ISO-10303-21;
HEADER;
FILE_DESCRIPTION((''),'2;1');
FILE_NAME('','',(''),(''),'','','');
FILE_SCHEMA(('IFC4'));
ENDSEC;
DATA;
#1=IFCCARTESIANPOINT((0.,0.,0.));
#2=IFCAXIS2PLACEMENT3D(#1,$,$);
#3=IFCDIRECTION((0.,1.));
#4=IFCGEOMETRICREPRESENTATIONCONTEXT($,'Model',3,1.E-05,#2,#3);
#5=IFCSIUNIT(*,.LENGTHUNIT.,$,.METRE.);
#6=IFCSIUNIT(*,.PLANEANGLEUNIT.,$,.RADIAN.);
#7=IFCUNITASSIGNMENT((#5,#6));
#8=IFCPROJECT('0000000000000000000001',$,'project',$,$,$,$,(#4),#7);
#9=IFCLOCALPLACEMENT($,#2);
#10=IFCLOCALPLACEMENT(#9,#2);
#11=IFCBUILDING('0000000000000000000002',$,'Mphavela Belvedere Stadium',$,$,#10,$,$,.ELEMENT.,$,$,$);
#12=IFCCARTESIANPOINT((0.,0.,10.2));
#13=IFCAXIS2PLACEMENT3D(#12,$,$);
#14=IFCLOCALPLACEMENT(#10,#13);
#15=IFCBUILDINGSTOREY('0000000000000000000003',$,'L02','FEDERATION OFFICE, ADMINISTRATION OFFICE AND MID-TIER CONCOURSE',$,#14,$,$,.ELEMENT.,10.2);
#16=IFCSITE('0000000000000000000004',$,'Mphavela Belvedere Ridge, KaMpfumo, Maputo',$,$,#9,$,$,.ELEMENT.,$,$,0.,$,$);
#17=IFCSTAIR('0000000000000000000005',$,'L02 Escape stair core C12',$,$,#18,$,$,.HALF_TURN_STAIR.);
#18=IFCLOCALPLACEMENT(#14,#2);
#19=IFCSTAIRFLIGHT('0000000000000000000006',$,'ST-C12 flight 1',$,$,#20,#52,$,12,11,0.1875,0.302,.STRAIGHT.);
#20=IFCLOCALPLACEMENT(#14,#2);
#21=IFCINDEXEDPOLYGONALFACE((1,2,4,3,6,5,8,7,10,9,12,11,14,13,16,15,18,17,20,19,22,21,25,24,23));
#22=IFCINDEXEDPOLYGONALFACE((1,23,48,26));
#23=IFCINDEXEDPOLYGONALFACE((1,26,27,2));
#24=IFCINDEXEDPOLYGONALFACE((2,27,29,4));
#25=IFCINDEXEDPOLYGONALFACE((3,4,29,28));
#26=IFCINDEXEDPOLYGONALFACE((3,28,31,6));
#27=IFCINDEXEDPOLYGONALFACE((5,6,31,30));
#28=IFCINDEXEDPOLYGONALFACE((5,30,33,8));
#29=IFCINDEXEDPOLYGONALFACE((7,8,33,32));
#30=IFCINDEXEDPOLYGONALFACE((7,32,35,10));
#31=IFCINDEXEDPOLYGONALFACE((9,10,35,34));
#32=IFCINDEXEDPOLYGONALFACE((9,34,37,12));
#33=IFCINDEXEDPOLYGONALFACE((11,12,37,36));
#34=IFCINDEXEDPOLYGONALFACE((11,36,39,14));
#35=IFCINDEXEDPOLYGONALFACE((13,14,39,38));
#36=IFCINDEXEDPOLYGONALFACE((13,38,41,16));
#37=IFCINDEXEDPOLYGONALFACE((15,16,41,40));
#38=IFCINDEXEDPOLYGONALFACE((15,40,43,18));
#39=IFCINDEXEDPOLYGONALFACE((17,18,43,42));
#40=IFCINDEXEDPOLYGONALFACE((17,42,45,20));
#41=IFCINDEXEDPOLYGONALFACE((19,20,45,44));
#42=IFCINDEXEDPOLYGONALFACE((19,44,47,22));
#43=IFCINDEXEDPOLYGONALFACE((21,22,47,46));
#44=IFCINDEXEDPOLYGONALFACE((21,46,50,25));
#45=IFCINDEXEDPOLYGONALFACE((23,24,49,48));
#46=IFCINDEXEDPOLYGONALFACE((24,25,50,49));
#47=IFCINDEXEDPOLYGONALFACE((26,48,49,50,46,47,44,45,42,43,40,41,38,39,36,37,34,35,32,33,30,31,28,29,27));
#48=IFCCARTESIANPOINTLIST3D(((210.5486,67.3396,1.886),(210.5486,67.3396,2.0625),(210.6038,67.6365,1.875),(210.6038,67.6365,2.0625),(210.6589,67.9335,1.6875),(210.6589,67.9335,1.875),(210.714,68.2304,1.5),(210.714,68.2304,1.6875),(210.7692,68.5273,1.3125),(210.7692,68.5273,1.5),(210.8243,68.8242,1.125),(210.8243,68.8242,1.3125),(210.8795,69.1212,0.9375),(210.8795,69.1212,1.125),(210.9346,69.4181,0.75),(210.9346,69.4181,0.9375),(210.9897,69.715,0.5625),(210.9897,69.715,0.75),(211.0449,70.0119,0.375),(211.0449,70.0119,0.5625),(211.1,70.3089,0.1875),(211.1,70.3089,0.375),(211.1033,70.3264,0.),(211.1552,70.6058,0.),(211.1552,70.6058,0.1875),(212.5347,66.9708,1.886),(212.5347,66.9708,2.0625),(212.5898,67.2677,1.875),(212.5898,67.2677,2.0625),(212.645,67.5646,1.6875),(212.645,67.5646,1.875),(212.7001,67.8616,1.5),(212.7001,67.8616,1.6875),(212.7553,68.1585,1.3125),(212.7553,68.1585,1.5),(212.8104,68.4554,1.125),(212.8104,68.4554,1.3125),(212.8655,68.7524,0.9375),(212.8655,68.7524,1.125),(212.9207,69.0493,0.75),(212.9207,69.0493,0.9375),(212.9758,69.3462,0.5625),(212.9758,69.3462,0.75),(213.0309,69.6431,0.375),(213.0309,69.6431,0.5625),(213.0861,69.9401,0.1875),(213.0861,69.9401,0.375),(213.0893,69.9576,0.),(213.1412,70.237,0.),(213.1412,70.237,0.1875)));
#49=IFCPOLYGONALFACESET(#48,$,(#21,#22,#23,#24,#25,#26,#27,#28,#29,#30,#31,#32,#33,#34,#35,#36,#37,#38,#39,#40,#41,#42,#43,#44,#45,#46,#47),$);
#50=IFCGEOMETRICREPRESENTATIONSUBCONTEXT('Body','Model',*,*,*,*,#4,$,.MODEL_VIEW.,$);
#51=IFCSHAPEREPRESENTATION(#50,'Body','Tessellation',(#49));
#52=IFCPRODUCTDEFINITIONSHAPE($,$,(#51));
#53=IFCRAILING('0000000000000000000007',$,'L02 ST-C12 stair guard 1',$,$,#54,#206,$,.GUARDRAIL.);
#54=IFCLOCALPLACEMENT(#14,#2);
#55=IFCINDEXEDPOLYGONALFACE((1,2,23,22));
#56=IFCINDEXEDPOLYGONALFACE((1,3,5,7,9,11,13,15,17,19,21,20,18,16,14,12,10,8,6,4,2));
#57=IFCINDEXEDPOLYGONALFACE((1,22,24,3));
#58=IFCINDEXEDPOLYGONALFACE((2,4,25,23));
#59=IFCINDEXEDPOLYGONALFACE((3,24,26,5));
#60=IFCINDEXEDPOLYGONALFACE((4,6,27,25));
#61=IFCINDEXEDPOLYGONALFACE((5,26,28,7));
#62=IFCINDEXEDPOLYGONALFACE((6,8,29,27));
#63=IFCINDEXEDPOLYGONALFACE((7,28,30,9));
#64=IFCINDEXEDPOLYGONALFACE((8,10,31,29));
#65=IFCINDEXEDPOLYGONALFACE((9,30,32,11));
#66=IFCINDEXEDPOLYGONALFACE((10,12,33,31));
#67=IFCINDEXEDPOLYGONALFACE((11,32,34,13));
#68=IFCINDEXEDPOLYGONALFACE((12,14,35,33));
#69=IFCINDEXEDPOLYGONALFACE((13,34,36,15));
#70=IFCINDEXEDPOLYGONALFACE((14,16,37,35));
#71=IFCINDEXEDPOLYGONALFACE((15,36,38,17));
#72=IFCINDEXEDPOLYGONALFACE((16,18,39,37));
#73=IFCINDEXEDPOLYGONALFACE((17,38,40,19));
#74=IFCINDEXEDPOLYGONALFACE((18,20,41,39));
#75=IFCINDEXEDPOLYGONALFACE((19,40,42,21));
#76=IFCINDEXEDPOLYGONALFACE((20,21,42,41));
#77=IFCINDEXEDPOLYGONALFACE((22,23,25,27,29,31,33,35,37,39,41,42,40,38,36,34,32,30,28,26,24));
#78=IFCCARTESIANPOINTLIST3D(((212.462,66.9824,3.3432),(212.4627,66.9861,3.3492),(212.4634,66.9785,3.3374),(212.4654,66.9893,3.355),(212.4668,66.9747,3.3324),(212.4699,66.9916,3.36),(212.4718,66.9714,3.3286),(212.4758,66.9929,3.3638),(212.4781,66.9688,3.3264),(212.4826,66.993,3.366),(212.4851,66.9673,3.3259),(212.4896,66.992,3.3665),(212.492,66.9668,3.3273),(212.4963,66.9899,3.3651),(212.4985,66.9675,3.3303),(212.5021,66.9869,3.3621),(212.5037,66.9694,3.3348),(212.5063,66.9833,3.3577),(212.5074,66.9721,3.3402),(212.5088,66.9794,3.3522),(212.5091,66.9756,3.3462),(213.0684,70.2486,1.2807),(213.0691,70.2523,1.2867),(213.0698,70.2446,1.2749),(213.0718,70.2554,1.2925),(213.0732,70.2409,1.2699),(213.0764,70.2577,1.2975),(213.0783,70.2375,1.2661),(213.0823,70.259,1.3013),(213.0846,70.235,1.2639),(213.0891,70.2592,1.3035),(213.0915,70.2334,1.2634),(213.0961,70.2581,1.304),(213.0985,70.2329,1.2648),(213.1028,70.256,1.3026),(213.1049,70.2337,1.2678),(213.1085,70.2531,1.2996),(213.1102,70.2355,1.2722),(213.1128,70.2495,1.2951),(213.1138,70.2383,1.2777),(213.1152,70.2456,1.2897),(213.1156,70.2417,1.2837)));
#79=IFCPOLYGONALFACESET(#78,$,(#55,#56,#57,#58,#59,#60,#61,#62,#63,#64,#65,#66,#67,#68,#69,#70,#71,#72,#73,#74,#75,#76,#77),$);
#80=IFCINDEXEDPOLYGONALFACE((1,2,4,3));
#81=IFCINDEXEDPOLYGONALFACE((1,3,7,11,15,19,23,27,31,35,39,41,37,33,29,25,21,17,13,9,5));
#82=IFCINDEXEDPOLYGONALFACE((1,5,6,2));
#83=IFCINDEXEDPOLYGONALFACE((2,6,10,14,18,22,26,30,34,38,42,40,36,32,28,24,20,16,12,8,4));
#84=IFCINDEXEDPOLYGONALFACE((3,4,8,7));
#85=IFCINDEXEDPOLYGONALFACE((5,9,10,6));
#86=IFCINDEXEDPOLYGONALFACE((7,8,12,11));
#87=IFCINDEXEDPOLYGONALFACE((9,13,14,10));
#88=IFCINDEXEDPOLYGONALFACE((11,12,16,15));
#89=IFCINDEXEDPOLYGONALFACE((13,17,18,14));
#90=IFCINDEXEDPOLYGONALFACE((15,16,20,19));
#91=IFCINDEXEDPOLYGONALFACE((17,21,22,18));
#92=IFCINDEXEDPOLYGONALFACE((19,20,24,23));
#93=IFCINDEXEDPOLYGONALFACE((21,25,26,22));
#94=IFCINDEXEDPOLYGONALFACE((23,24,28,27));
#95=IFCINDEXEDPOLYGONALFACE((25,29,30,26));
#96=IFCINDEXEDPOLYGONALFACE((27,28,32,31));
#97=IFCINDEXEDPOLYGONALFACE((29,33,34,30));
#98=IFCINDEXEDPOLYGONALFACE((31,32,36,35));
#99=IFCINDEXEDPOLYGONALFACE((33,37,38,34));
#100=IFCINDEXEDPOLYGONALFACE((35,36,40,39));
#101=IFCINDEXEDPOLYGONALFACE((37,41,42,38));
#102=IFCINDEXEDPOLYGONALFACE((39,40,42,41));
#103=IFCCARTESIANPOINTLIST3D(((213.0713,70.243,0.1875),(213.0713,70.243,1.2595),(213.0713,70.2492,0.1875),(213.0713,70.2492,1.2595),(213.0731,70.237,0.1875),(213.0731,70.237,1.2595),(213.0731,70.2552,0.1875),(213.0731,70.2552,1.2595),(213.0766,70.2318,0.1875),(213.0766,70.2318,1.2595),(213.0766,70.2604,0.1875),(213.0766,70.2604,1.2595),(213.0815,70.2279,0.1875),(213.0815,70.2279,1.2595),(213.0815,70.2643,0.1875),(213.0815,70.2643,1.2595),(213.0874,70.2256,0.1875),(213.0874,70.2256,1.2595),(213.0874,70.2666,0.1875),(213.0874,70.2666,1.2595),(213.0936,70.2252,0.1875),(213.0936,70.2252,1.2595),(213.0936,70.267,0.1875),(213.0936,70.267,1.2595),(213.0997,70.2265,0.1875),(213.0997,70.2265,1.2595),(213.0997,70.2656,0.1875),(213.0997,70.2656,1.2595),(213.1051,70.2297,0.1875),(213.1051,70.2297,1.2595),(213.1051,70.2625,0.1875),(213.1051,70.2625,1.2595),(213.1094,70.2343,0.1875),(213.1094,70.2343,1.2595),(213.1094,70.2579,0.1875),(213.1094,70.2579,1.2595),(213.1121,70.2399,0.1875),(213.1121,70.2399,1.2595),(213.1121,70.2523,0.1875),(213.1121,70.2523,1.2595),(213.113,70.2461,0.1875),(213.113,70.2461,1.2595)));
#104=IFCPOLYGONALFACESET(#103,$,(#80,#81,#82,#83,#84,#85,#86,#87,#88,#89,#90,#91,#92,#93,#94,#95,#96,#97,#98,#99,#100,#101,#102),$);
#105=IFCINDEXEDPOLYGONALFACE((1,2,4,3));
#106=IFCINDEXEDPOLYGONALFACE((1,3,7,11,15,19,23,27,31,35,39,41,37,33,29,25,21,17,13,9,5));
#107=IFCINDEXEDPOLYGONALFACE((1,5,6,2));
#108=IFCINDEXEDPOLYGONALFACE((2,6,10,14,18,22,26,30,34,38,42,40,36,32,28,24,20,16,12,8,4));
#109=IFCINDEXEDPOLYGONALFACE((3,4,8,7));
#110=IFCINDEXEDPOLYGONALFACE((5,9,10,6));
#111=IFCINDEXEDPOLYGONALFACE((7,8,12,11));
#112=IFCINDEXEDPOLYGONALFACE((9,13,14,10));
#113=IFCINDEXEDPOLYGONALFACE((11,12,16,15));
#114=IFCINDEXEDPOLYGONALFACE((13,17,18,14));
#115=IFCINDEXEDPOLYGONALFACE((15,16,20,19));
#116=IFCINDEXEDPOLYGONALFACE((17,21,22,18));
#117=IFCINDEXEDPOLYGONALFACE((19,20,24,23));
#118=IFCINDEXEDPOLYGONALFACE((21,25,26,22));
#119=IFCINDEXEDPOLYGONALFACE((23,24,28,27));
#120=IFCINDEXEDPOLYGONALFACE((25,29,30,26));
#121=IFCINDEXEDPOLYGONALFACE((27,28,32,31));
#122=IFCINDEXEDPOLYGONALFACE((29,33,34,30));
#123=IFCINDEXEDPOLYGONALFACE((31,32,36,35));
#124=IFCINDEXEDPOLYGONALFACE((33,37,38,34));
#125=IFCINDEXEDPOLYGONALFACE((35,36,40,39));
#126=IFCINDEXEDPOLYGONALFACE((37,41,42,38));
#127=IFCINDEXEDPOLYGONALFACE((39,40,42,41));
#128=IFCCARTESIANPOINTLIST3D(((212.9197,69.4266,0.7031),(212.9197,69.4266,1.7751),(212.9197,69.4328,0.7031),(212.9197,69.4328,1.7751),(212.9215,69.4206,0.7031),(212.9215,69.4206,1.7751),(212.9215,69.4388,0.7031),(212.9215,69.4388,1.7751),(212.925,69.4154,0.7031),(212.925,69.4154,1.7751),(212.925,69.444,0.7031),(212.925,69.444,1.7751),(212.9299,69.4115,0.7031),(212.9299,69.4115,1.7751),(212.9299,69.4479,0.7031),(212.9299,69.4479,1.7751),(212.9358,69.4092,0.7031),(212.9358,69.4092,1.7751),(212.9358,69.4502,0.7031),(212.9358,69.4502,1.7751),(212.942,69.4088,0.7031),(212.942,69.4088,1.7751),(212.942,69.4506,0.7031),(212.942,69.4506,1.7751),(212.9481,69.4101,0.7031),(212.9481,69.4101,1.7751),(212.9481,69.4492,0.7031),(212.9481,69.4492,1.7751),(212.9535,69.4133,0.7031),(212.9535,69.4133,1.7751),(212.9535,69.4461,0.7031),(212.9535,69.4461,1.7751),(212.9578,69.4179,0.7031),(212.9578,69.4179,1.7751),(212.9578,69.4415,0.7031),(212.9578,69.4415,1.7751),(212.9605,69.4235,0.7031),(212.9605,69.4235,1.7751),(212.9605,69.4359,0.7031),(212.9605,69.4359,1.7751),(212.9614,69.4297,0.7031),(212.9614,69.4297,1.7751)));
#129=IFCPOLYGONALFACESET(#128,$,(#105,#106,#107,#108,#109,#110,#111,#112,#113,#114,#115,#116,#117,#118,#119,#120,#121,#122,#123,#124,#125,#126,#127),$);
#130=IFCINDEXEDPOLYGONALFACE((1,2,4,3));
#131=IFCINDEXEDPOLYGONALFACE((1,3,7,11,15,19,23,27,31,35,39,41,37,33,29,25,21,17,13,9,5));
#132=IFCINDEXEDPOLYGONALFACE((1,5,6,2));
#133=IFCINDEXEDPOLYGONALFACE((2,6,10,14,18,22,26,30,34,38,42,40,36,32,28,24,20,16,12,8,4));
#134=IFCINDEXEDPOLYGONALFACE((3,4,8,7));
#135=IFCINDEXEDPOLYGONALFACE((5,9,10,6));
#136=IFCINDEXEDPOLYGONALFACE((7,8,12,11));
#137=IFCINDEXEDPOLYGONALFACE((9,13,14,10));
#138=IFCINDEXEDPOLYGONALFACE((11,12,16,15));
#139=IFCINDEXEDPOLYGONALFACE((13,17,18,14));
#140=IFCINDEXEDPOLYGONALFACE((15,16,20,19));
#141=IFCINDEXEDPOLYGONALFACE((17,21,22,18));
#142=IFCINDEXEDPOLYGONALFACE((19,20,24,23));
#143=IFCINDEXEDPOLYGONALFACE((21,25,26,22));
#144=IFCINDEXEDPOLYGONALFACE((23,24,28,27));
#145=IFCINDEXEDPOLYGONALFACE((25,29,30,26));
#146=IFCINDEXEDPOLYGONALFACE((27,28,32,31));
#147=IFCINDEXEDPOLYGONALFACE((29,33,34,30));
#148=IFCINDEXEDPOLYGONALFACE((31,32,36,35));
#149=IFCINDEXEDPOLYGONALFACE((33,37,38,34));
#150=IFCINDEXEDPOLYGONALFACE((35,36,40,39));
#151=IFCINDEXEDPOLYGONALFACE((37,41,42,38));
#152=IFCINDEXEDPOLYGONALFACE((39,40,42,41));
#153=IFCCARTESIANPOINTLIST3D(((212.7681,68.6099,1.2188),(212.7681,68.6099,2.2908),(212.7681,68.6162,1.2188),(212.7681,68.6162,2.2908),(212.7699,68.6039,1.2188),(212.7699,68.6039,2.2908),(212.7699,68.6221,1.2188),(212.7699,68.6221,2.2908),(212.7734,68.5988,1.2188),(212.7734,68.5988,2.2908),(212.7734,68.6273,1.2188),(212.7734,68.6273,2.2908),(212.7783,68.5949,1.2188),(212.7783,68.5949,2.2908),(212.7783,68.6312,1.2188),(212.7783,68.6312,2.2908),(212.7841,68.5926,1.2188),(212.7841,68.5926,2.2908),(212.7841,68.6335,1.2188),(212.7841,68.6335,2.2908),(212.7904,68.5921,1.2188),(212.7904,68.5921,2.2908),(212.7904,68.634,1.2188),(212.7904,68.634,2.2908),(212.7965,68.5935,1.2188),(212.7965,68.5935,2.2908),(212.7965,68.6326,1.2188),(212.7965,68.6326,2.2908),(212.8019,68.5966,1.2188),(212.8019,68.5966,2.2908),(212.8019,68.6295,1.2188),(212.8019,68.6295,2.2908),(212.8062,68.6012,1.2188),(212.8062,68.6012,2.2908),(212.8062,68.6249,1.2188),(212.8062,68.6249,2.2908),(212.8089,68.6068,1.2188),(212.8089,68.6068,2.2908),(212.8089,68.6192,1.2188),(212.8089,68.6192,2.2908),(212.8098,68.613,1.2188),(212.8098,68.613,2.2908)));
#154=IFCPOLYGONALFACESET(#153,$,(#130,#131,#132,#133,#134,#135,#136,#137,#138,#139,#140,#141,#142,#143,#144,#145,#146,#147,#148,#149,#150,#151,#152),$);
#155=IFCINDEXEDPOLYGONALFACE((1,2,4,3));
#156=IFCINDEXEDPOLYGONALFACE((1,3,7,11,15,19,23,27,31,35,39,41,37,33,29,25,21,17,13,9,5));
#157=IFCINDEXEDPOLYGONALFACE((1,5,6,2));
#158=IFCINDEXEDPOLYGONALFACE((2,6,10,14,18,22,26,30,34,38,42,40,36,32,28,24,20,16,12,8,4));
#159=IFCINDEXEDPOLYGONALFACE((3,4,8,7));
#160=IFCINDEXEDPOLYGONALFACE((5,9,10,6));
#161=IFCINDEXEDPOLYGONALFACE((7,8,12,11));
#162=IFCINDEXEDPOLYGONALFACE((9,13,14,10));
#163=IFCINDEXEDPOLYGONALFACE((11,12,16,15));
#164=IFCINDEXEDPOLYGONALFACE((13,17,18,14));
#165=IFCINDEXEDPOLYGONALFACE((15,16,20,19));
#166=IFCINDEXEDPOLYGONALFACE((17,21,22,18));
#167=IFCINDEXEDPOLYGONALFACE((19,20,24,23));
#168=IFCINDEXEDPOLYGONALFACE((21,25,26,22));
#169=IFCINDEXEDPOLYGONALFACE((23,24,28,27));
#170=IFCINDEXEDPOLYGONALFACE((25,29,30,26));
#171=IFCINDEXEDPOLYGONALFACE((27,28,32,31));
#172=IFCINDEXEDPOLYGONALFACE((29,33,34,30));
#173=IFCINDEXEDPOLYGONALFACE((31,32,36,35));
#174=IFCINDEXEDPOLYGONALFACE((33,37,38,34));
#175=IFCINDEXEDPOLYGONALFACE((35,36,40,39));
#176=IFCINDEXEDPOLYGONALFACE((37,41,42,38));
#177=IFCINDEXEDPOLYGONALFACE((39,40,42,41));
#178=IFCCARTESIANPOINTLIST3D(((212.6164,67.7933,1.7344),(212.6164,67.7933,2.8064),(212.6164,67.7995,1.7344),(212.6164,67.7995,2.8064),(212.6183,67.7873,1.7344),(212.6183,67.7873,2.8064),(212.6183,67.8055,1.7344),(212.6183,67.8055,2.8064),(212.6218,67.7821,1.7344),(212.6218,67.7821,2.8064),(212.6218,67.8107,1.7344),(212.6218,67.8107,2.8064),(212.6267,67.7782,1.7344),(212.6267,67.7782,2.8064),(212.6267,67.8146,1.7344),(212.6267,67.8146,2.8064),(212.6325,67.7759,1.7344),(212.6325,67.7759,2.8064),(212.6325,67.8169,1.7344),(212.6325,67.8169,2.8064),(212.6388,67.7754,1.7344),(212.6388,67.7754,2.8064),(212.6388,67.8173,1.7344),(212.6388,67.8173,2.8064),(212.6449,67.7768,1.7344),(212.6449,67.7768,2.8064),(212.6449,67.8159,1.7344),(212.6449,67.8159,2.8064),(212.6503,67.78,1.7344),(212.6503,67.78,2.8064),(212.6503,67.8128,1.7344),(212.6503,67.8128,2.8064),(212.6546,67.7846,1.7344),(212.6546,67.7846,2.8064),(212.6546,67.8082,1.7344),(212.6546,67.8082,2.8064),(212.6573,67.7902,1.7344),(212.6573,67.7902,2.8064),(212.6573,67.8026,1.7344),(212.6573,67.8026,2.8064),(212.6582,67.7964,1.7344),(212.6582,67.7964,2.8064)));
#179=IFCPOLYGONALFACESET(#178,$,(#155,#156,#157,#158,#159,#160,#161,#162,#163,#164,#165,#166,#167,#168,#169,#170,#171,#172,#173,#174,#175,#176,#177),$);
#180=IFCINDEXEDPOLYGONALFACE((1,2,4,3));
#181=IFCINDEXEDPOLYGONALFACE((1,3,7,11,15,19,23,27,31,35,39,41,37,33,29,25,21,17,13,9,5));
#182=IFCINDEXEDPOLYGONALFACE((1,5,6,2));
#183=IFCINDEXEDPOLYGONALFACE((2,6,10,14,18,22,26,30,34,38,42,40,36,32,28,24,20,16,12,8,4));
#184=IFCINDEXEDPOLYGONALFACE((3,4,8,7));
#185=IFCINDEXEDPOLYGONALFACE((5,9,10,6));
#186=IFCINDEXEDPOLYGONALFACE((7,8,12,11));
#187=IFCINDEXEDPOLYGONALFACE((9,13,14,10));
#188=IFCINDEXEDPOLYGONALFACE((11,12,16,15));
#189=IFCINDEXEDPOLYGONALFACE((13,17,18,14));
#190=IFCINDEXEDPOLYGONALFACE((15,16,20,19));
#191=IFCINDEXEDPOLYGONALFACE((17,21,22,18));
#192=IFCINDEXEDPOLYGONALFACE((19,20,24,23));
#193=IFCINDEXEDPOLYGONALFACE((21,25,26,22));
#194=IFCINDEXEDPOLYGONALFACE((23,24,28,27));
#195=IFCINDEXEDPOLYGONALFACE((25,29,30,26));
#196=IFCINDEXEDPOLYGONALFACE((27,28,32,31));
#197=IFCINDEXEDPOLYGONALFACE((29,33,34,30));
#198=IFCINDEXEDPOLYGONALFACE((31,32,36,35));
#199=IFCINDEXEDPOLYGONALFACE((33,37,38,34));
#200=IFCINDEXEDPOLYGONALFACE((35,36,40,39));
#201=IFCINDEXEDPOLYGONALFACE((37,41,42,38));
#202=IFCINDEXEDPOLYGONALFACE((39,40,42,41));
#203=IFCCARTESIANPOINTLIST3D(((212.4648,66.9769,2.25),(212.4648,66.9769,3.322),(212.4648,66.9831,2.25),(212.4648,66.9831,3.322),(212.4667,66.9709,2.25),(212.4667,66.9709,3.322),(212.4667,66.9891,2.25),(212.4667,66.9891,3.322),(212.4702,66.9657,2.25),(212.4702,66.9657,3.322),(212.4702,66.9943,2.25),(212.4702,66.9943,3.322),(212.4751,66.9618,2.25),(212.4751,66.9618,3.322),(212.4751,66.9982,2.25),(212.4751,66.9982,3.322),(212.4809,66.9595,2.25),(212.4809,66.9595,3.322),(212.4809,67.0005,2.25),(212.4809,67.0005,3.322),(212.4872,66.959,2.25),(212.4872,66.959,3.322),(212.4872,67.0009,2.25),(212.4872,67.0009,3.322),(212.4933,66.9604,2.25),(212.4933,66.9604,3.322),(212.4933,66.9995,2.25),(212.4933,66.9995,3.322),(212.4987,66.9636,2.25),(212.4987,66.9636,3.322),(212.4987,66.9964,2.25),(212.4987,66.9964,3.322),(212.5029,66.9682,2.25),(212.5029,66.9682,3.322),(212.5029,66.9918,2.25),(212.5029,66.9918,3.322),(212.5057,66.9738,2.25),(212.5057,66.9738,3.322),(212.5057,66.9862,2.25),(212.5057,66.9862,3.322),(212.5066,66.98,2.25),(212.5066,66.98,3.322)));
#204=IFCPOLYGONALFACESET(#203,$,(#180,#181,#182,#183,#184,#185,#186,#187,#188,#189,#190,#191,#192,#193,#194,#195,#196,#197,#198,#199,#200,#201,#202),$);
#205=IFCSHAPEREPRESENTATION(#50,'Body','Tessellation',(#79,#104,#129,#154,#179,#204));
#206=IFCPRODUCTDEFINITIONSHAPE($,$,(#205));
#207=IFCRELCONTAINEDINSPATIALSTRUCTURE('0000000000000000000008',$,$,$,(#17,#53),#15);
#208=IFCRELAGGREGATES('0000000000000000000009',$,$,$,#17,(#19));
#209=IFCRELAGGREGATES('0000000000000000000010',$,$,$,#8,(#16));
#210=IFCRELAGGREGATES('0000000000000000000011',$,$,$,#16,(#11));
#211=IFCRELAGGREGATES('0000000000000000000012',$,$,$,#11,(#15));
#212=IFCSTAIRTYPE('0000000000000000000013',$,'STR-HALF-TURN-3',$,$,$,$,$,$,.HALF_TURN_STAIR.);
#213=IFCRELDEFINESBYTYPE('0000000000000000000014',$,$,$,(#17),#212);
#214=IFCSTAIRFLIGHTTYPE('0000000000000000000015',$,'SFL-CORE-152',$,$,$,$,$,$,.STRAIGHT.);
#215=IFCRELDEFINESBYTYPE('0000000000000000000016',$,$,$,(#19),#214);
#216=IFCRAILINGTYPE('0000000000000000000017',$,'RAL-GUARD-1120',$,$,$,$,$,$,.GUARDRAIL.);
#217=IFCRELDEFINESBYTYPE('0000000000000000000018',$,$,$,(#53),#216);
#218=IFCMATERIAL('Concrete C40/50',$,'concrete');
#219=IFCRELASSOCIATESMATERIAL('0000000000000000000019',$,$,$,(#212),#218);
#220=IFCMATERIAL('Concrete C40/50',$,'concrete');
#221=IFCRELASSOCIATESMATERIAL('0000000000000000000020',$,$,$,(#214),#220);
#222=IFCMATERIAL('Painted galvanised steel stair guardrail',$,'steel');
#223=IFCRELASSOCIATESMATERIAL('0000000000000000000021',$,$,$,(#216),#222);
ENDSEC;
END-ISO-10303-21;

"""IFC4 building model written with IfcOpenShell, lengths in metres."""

from ifc_helpers import new_model, si_unit, direction, frame, origin, origin_2d, place, context, subcontext, project, spatial, polyline, circle, outline, extrude, material, type_object, element, aggregate, save


model = new_model("IFC4")

# Units and contexts
model_context = context("Model", 3, precision=1e-05, world=origin(), true_north=direction((0.0, 1.0)))
body_context = subcontext(model_context, "Body", "Model", "MODEL_VIEW")
ifc_project = project(units=[si_unit("LENGTHUNIT", "METRE"), si_unit("PLANEANGLEUNIT", "RADIAN")], contexts=[model_context])

# Site, building, storey
site_placement = place(None, origin())
site = spatial("IfcSite", under=ifc_project, at=site_placement, Name="Mphavela Belvedere Ridge, KaMpfumo, Maputo", CompositionType="ELEMENT", RefElevation=0.0)
building_placement = place(site_placement, origin())
building = spatial("IfcBuilding", under=site, at=building_placement, Name="Mphavela Belvedere Stadium", CompositionType="ELEMENT")
storey_placement = place(building_placement, frame((0.0, 0.0, 10.2)))
storey = spatial("IfcBuildingStorey", under=building, at=storey_placement, Name="L02", Description="FEDERATION OFFICE, ADMINISTRATION OFFICE AND MID-TIER CONCOURSE", CompositionType="ELEMENT", Elevation=10.2)

# Stair, stair flight
ifc_material_1 = material(Name="Concrete C40/50", Category="concrete")
stair_type = type_object("IfcStairType", Name="STR-HALF-TURN-3", PredefinedType="HALF_TURN_STAIR", material=ifc_material_1)
stair_placement = place(storey_placement, origin())
stair = element("IfcStair", 1, at=stair_placement, inside=storey, type_object=stair_type, Name="L02 Escape stair core C12", PredefinedType="HALF_TURN_STAIR")
ifc_material_2 = material(Name="Concrete C40/50", Category="concrete")
stair_flight_type = type_object("IfcStairFlightType", Name="SFL-CORE-152", PredefinedType="STRAIGHT", material=ifc_material_2)
stair_flight_placement = place(storey_placement, frame((212.1482, 70.4214, 0.0), z_axis=(0.0, 0.0, 1.0), x_axis=(-0.182579, -0.983191, 0.0)))
stair_flight = element("IfcStairFlight", 2, at=stair_flight_placement, type_object=stair_flight_type, Name="ST-C12 flight 1", NumberOfRisers=12, NumberOfTreads=11, PredefinedType="STRAIGHT", RiserHeight=0.1875, TreadLength=0.302, context=body_context, shape_type="SweptSolid", body=[
    extrude(outline(polyline([(0.0, 0.0), (0.0, 0.1875), (0.302, 0.1875), (0.302, 0.375), (0.604, 0.375), (0.604, 0.5625), (0.906, 0.5625), (0.906, 0.75), (1.208, 0.75), (1.208, 0.9375), (1.51, 0.9375), (1.51, 1.125), (1.812, 1.125), (1.812, 1.3125), (2.114, 1.3125), (2.114, 1.5), (2.416, 1.5), (2.416, 1.6875), (2.718, 1.6875), (2.718, 1.875), (3.02, 1.875), (3.02, 2.0625), (3.322, 2.0625), (3.322, 2.25), (3.322, 1.886), (0.2842, 0.0), (0.0, 0.0)])), frame((0.0, 1.01, 0.0), z_axis=(0.0, -1.0, 0.0), x_axis=(1.0, 0.0, 0.0)), (0.0, 0.0, 1.0), 2.02),
])
aggregate(stair, [stair_flight])

# Railing
ifc_material_3 = material(Name="Painted galvanised steel stair guardrail", Category="steel")
railing_type_1 = type_object("IfcRailingType", Name="RAL-GUARD-1120", PredefinedType="GUARDRAIL", material=ifc_material_3)
railing_1_placement = place(storey_placement, frame((213.092, 70.2461, 0.1875)))
element("IfcRailing", 3, at=railing_1_placement, inside=storey, type_object=railing_type_1, Name="L02 ST-C12 stair guard 1", PredefinedType="GUARDRAIL", context=body_context, shape_type="SweptSolid", body=[
    extrude(circle(Radius=0.0239, at=origin_2d()), frame((0.0, 0.0, 1.0962), z_axis=(-0.155096, -0.835294, 0.527475), x_axis=(0.983195, -0.182558, 0.0)), (0.0, 0.0, 1.0), 3.9102),
    extrude(circle(Radius=0.021, at=origin_2d()), origin(), (0.0, 0.0, 1.0), 1.072),
    extrude(circle(Radius=0.021, at=origin_2d()), frame((-0.1516, -0.8164, 0.5156)), (0.0, 0.0, 1.0), 1.072),
    extrude(circle(Radius=0.021, at=origin_2d()), frame((-0.3032, -1.6331, 1.0312)), (0.0, 0.0, 1.0), 1.072),
    extrude(circle(Radius=0.021, at=origin_2d()), frame((-0.4548, -2.4497, 1.5469)), (0.0, 0.0, 1.0), 1.072),
    extrude(circle(Radius=0.021, at=origin_2d()), frame((-0.6064, -3.2661, 2.0625)), (0.0, 0.0, 1.0), 1.072),
])

save(model, "model.ifc")
